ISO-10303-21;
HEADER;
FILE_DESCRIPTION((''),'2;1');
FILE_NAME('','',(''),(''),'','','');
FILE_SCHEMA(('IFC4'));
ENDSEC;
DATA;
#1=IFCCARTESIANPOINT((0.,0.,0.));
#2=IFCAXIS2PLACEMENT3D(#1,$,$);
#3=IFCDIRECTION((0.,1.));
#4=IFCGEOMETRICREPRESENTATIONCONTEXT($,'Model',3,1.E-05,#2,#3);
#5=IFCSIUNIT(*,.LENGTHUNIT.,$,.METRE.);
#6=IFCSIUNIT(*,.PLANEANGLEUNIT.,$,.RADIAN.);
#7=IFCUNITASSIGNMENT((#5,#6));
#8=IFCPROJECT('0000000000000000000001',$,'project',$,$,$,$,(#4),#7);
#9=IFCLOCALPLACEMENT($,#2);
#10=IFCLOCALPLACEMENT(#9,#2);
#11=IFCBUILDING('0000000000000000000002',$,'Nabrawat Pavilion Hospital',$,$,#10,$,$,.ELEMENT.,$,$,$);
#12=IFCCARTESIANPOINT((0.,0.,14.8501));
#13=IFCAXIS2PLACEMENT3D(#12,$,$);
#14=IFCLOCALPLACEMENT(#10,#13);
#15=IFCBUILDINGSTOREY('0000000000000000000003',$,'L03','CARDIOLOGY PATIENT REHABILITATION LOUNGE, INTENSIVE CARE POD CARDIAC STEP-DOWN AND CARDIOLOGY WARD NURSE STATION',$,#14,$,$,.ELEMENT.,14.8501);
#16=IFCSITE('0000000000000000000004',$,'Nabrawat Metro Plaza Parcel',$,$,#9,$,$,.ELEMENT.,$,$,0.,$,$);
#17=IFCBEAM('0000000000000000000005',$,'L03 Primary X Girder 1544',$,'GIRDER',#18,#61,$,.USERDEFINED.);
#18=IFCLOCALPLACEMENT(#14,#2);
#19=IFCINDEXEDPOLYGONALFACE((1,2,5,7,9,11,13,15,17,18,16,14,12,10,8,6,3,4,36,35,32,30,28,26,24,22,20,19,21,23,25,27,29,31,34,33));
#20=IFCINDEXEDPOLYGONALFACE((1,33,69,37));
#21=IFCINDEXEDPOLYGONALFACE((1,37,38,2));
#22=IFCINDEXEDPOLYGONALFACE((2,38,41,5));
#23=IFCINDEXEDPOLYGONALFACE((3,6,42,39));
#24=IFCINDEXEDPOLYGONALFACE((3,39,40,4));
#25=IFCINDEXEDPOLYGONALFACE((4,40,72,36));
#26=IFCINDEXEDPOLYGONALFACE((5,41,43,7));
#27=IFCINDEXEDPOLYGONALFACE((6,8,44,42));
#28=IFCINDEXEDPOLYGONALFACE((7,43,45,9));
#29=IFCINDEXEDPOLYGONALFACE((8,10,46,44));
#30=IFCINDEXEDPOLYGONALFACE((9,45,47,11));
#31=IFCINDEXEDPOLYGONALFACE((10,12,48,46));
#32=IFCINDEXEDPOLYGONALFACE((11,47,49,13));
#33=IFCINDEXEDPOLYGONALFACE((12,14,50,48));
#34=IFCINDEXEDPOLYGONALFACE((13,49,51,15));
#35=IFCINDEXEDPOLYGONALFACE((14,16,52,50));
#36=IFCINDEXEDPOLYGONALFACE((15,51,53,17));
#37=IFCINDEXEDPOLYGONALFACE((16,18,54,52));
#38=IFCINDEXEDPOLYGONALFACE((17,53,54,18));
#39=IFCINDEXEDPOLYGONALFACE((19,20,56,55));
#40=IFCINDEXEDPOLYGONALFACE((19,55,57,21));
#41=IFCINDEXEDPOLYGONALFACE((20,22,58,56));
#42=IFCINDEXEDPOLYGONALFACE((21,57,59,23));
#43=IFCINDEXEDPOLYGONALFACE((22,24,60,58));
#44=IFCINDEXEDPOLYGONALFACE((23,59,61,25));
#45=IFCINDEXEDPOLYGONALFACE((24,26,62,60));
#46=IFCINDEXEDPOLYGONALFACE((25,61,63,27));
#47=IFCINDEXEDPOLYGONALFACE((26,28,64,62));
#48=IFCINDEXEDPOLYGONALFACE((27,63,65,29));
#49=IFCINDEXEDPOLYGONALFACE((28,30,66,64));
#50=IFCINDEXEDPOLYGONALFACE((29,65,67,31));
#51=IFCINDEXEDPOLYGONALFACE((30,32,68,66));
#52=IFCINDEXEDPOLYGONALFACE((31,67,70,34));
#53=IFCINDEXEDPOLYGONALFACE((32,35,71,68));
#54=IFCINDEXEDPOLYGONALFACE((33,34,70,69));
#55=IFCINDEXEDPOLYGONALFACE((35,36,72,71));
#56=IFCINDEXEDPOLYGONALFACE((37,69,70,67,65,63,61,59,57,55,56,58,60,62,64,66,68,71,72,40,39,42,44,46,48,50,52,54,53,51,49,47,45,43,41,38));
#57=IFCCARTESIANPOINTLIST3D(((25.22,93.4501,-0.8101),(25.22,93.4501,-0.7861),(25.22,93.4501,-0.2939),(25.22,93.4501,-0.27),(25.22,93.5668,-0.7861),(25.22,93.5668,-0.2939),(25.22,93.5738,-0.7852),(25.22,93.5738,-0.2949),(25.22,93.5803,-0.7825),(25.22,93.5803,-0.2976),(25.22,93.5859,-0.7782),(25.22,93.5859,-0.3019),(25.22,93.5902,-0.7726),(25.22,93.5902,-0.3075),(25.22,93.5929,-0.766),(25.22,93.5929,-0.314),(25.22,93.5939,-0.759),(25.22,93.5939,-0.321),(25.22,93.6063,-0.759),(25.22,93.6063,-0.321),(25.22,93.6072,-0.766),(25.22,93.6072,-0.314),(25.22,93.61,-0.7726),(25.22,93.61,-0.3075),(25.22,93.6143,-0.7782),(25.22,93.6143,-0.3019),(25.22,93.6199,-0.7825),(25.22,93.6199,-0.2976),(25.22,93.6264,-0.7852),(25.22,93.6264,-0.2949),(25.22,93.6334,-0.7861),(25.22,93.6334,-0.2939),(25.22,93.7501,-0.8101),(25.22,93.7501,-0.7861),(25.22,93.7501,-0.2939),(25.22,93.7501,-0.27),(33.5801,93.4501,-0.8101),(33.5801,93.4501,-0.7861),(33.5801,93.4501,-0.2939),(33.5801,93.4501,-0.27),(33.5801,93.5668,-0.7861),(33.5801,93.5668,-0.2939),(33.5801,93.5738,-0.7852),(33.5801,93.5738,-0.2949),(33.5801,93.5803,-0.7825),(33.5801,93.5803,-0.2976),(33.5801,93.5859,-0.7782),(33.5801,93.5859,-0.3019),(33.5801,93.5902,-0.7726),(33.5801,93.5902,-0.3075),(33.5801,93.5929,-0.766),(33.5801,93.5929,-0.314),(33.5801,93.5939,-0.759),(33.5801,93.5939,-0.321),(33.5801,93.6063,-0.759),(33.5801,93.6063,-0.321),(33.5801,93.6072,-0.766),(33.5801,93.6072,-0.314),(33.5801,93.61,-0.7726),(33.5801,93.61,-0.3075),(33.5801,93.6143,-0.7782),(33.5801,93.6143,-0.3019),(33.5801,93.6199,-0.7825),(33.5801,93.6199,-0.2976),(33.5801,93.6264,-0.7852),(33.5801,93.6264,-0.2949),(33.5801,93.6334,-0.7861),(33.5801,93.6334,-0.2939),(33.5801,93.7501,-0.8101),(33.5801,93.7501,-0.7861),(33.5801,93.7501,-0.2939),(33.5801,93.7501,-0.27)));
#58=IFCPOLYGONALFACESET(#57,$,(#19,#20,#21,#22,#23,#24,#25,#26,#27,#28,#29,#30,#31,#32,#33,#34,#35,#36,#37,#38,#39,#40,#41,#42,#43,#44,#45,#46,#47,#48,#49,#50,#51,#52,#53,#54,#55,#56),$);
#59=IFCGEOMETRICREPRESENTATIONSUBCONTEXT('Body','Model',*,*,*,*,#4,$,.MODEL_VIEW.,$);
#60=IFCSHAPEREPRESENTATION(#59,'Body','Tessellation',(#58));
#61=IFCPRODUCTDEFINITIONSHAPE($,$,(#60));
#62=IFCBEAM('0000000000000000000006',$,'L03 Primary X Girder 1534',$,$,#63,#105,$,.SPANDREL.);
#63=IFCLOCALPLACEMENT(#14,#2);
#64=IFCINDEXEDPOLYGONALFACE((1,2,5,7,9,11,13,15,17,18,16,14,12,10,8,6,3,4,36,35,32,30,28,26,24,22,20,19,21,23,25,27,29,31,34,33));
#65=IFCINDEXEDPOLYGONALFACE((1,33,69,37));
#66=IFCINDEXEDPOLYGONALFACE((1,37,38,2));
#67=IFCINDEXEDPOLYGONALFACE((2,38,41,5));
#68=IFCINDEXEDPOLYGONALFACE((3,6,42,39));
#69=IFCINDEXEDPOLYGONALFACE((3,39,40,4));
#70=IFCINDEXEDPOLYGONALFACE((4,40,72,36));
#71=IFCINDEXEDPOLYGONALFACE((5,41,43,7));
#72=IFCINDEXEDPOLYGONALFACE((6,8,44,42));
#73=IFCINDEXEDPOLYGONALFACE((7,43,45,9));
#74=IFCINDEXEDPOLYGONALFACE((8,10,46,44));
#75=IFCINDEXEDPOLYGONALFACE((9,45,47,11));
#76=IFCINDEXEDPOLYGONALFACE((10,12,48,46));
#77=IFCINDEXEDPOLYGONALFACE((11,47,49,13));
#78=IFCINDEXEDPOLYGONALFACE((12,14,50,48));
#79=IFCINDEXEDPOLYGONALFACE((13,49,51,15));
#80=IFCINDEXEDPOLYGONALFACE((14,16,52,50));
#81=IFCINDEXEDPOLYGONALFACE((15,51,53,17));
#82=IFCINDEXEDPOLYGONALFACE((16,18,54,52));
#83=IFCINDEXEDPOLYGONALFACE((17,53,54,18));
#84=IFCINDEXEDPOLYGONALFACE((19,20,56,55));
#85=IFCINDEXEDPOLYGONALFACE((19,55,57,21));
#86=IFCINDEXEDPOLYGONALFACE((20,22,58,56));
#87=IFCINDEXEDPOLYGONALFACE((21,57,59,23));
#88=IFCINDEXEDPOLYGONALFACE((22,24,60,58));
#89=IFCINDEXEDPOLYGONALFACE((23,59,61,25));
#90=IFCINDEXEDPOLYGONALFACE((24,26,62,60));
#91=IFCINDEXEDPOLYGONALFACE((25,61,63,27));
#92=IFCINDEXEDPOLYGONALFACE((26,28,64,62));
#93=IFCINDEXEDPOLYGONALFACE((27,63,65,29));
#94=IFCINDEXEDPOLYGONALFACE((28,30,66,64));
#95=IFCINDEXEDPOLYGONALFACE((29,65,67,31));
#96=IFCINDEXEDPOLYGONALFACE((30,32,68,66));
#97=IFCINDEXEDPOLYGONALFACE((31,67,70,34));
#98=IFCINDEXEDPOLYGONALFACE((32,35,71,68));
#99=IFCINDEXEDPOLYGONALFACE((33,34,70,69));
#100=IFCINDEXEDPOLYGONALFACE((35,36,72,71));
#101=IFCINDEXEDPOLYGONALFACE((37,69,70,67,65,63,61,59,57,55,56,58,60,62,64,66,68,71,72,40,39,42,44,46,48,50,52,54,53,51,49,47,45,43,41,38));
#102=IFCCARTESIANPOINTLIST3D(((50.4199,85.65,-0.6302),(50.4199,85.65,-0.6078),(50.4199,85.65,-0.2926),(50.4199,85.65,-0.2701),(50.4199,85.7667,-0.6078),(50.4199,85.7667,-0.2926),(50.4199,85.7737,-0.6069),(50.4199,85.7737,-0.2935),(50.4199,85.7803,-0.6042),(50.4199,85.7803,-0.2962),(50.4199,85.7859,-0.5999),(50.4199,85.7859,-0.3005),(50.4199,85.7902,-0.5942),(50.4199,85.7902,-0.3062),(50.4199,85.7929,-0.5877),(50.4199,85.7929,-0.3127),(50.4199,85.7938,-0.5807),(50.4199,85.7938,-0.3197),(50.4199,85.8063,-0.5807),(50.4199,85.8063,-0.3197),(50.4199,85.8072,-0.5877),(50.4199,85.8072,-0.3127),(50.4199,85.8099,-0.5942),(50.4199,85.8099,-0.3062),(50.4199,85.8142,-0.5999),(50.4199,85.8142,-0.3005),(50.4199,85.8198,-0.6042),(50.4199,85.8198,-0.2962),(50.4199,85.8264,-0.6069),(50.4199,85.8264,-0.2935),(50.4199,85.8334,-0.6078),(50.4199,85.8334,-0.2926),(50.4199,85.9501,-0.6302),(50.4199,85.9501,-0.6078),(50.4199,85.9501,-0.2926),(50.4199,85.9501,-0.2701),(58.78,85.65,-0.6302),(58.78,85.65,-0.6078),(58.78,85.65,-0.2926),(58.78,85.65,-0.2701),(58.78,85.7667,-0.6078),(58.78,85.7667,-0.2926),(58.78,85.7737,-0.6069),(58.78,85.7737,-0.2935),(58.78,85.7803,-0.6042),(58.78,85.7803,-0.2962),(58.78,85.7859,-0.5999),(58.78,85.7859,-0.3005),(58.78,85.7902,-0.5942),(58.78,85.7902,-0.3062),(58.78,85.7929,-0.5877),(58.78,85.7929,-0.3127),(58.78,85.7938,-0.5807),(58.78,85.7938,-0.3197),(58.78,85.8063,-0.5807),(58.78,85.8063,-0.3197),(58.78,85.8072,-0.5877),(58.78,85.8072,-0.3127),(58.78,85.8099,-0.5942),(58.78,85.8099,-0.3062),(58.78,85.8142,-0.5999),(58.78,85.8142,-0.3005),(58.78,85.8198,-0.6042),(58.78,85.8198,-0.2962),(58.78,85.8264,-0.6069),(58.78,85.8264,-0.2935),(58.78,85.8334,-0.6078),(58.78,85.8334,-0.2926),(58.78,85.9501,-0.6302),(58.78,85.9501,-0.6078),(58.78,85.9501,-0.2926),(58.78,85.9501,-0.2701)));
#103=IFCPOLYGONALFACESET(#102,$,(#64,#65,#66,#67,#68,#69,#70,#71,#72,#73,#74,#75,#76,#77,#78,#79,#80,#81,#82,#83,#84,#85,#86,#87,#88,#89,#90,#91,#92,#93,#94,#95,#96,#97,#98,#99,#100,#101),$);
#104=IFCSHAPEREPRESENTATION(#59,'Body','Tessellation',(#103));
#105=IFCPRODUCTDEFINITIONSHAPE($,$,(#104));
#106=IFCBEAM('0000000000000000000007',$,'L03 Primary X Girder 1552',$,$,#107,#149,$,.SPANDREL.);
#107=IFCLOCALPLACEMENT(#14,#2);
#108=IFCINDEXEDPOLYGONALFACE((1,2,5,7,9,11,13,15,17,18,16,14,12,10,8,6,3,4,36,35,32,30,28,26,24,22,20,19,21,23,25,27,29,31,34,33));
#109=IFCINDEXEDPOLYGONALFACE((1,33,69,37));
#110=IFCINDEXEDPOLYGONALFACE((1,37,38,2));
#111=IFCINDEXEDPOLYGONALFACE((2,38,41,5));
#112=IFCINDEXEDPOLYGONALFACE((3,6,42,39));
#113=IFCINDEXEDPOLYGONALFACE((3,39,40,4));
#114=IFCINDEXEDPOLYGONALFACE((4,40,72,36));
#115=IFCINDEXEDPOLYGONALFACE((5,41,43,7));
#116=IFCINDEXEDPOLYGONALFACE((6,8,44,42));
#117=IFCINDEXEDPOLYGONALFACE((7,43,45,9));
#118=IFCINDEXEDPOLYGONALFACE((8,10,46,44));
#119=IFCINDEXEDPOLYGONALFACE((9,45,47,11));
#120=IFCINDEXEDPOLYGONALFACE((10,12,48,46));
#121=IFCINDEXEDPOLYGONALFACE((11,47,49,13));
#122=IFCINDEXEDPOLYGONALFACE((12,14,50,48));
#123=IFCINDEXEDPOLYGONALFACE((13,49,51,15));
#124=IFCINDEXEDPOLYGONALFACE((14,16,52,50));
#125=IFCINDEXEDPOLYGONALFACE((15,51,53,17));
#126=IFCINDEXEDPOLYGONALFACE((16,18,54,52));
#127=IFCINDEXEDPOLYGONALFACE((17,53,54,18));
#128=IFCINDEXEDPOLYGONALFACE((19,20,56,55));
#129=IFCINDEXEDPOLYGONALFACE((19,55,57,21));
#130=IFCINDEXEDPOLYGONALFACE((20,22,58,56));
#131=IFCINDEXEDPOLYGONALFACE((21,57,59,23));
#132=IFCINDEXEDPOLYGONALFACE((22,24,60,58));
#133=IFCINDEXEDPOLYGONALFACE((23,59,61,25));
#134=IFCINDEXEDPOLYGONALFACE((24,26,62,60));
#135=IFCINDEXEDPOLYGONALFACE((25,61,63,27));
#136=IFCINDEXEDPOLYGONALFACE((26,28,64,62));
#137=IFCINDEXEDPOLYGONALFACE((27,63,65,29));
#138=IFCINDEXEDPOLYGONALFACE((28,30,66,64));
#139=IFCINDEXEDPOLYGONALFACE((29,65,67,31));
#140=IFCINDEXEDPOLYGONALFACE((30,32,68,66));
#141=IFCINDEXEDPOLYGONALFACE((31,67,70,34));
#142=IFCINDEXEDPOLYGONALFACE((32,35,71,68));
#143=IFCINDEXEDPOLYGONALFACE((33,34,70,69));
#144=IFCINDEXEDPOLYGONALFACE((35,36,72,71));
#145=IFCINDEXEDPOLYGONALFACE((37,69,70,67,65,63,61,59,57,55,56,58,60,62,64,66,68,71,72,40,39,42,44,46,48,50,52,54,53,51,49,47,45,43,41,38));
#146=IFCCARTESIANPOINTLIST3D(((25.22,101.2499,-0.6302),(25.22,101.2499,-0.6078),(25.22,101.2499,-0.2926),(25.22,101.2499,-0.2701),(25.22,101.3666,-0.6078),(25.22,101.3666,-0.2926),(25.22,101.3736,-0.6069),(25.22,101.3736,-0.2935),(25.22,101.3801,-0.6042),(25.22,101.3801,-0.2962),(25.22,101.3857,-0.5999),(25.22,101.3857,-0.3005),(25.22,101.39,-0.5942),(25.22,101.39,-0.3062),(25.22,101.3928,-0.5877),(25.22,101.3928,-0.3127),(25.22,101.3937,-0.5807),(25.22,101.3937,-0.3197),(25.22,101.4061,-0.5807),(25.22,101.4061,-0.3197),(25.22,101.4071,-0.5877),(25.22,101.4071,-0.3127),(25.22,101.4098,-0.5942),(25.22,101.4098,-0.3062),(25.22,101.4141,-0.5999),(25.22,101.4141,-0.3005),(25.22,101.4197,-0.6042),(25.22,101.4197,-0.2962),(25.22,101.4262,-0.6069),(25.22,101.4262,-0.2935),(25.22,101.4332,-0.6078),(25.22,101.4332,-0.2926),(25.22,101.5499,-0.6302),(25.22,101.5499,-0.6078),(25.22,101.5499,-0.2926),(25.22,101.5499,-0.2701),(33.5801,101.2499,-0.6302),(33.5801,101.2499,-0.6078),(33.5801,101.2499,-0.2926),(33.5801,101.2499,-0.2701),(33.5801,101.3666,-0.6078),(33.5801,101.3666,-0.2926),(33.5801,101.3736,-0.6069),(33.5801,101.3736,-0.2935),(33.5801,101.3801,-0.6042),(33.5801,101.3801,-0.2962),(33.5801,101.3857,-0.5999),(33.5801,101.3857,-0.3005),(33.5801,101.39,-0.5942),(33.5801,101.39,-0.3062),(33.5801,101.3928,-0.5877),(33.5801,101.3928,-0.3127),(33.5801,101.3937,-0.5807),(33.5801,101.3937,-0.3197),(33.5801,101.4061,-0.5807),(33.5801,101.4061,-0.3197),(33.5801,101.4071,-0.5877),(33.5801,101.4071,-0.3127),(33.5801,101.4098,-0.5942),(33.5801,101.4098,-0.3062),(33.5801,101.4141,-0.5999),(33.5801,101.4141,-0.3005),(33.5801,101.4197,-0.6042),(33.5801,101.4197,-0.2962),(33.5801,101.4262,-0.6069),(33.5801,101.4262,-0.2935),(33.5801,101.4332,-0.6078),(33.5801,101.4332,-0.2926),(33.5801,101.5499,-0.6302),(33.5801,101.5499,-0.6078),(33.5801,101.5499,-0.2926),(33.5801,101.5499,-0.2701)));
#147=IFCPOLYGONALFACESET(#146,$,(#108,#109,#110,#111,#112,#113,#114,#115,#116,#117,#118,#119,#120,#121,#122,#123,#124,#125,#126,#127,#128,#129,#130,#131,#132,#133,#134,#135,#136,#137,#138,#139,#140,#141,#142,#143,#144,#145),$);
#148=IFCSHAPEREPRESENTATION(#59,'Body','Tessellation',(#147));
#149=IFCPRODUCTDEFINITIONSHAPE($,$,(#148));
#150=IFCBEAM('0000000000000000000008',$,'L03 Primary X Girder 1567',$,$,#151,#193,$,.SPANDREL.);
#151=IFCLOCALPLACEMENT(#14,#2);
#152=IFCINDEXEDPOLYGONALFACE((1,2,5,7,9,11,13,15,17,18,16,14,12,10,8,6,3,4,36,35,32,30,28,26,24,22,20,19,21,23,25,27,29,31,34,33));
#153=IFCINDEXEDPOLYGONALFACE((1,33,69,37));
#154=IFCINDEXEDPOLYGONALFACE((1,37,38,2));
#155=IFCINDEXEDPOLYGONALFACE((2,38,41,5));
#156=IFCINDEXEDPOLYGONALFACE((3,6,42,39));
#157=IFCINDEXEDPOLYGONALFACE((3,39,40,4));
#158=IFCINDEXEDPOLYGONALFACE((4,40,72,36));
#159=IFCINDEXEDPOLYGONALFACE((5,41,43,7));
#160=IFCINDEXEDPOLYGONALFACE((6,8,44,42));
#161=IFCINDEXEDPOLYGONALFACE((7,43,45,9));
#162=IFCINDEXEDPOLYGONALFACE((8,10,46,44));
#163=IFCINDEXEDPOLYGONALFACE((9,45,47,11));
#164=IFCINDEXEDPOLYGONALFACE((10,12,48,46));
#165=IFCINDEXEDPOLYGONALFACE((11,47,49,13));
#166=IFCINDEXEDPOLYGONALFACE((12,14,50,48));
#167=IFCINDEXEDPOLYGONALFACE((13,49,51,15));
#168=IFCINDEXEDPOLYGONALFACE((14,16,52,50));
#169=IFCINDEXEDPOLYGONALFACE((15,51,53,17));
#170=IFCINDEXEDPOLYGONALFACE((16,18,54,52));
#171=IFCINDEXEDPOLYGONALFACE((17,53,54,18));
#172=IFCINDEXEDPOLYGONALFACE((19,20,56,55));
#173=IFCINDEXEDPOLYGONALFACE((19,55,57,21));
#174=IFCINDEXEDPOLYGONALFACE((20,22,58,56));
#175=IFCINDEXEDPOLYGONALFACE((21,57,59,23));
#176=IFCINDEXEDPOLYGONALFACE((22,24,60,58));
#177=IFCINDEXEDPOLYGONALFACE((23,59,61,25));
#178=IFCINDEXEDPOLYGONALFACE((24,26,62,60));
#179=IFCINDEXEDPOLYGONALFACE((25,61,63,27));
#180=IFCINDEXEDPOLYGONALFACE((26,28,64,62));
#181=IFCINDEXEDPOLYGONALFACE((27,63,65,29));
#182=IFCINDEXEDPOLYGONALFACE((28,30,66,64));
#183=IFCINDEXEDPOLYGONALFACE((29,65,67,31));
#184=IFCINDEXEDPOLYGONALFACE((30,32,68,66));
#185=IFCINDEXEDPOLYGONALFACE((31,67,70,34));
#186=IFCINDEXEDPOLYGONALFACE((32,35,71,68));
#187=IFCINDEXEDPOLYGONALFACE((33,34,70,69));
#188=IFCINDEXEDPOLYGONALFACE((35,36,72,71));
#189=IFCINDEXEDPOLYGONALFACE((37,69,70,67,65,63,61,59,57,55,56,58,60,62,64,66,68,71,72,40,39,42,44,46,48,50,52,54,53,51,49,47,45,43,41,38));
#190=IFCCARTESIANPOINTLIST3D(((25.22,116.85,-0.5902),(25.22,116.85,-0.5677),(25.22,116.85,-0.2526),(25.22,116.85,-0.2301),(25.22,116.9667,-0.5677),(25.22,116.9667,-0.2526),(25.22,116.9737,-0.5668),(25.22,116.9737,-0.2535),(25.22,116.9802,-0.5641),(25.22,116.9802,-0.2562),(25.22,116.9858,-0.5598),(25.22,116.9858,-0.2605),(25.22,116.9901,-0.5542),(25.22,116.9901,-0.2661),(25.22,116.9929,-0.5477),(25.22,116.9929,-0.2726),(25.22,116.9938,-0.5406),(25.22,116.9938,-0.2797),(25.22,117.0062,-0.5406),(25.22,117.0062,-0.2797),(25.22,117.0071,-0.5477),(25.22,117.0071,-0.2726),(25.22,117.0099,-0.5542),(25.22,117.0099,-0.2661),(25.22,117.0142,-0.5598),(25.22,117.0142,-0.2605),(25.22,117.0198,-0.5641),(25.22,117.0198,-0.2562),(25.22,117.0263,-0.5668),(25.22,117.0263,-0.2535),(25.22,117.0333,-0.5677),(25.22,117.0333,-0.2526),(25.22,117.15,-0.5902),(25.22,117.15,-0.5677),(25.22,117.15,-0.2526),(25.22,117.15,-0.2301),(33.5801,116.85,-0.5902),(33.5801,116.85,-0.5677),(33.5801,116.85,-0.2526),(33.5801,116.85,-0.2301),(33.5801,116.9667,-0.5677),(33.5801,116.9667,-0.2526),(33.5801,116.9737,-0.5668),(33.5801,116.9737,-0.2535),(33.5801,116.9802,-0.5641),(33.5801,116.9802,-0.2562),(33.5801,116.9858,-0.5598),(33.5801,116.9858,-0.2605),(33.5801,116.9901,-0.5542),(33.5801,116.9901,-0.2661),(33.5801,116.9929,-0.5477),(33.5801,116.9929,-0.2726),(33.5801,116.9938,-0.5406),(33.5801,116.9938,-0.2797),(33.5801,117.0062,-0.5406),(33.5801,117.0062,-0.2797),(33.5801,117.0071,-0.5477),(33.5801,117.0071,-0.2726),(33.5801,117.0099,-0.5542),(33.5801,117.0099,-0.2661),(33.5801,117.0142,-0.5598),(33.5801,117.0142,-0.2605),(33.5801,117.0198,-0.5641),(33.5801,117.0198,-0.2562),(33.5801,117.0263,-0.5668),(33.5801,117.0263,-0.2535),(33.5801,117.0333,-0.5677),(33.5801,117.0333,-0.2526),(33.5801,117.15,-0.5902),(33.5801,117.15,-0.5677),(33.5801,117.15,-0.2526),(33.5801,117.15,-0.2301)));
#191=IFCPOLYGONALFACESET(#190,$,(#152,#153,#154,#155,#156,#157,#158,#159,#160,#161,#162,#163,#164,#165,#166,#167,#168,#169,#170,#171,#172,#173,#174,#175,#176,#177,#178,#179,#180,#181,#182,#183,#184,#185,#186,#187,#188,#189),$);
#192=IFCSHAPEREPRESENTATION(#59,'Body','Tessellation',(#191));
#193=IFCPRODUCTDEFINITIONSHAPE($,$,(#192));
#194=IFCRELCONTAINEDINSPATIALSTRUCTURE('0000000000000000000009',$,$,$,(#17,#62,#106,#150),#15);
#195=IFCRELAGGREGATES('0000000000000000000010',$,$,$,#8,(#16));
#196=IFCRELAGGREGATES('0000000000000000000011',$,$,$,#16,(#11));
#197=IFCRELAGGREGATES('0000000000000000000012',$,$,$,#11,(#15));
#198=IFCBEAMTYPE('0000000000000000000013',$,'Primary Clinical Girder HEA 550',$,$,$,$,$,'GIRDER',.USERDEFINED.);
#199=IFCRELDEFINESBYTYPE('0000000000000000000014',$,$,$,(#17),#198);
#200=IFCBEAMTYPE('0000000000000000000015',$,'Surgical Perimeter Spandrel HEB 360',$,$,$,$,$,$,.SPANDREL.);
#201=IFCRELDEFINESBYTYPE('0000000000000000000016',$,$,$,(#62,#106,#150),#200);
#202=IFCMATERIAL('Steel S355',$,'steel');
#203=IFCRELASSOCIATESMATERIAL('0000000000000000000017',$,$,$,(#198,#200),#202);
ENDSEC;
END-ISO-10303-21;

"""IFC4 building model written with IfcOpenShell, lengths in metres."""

from ifc_helpers import new_model, si_unit, direction, frame, origin, origin_2d, place, context, subcontext, project, spatial, i_section, extrude, material, material_profile, profile_set, type_object, element, save


model = new_model("IFC4")

# Units and contexts
model_context = context("Model", 3, precision=1e-05, world=origin(), true_north=direction((0.0, 1.0)))
body_context = subcontext(model_context, "Body", "Model", "MODEL_VIEW")
ifc_project = project(units=[si_unit("LENGTHUNIT", "METRE"), si_unit("PLANEANGLEUNIT", "RADIAN")], contexts=[model_context])

# Site, building, storey
site_placement = place(None, origin())
site = spatial("IfcSite", under=ifc_project, at=site_placement, Name="Nabrawat Metro Plaza Parcel", CompositionType="ELEMENT", RefElevation=0.0)
building_placement = place(site_placement, origin())
building = spatial("IfcBuilding", under=site, at=building_placement, Name="Nabrawat Pavilion Hospital", CompositionType="ELEMENT")
storey_placement = place(building_placement, frame((0.0, 0.0, 14.8501)))
storey = spatial("IfcBuildingStorey", under=building, at=storey_placement, Name="L03", Description="CARDIOLOGY PATIENT REHABILITATION LOUNGE, INTENSIVE CARE POD CARDIAC STEP-DOWN AND CARDIOLOGY WARD NURSE STATION", CompositionType="ELEMENT", Elevation=14.8501)

# Shared definitions
ifc_material_1 = material(Name="Steel S355", Category="steel")

# Beams
ifc_material_profile_1 = material_profile(ifc_material_1, i_section(OverallWidth=0.3, OverallDepth=0.54, WebThickness=0.0125, FlangeThickness=0.0239, FilletRadius=0.0271, at=origin_2d()), Name="HEA 550")
ifc_profile_set_1 = profile_set([ifc_material_profile_1], Name="Steel S355")
beam_type_1 = type_object("IfcBeamType", Name="Primary Clinical Girder HEA 550", ElementType="GIRDER", PredefinedType="USERDEFINED", material=ifc_profile_set_1)
beam_1_placement = place(storey_placement, frame((25.22, 93.6001, -0.54), z_axis=(1.0, 0.0, 0.0), x_axis=(0.0, 1.0, 0.0)))
element("IfcBeam", 1, at=beam_1_placement, inside=storey, type_object=beam_type_1, Name="L03 Primary X Girder 1544", ObjectType="GIRDER", PredefinedType="USERDEFINED", context=body_context, shape_type="SweptSolid", body=[
    extrude(i_section(OverallWidth=0.3, OverallDepth=0.54, WebThickness=0.0125, FlangeThickness=0.0239, FilletRadius=0.0271, at=origin_2d()), origin(), (0.0, 0.0, 1.0), 8.3601),
])
ifc_material_profile_2 = material_profile(ifc_material_1, i_section(OverallWidth=0.3, OverallDepth=0.3601, WebThickness=0.0125, FlangeThickness=0.0225, FilletRadius=0.0271, at=origin_2d()), Name="HEB 360")
ifc_profile_set_2 = profile_set([ifc_material_profile_2], Name="Steel S355")
beam_type_2 = type_object("IfcBeamType", Name="Surgical Perimeter Spandrel HEB 360", PredefinedType="SPANDREL", material=ifc_profile_set_2)
for number, where, z_axis, x_axis, name in (
    (2, (50.4199, 85.8, -0.4502), (1.0, 0.0, 0.0), (0.0, 1.0, 0.0), "L03 Primary X Girder 1534"),
    (3, (25.22, 101.3999, -0.4502), (1.0, 0.0, 0.0), (0.0, 1.0, 0.0), "L03 Primary X Girder 1552"),
    (4, (25.22, 117.0, -0.4102), (1.0, 0.0, 0.0), (0.0, 1.0, 0.0), "L03 Primary X Girder 1567"),
):
    element("IfcBeam", number, at=place(storey_placement, frame(where, z_axis=z_axis, x_axis=x_axis)), inside=storey, type_object=beam_type_2, Name=name, PredefinedType="SPANDREL", context=body_context, shape_type="SweptSolid", body=[
        extrude(i_section(OverallWidth=0.3, OverallDepth=0.3601, WebThickness=0.0125, FlangeThickness=0.0225, FilletRadius=0.0271, at=origin_2d()), origin(), (0.0, 0.0, 1.0), 8.3601),
    ])

save(model, "model.ifc")
